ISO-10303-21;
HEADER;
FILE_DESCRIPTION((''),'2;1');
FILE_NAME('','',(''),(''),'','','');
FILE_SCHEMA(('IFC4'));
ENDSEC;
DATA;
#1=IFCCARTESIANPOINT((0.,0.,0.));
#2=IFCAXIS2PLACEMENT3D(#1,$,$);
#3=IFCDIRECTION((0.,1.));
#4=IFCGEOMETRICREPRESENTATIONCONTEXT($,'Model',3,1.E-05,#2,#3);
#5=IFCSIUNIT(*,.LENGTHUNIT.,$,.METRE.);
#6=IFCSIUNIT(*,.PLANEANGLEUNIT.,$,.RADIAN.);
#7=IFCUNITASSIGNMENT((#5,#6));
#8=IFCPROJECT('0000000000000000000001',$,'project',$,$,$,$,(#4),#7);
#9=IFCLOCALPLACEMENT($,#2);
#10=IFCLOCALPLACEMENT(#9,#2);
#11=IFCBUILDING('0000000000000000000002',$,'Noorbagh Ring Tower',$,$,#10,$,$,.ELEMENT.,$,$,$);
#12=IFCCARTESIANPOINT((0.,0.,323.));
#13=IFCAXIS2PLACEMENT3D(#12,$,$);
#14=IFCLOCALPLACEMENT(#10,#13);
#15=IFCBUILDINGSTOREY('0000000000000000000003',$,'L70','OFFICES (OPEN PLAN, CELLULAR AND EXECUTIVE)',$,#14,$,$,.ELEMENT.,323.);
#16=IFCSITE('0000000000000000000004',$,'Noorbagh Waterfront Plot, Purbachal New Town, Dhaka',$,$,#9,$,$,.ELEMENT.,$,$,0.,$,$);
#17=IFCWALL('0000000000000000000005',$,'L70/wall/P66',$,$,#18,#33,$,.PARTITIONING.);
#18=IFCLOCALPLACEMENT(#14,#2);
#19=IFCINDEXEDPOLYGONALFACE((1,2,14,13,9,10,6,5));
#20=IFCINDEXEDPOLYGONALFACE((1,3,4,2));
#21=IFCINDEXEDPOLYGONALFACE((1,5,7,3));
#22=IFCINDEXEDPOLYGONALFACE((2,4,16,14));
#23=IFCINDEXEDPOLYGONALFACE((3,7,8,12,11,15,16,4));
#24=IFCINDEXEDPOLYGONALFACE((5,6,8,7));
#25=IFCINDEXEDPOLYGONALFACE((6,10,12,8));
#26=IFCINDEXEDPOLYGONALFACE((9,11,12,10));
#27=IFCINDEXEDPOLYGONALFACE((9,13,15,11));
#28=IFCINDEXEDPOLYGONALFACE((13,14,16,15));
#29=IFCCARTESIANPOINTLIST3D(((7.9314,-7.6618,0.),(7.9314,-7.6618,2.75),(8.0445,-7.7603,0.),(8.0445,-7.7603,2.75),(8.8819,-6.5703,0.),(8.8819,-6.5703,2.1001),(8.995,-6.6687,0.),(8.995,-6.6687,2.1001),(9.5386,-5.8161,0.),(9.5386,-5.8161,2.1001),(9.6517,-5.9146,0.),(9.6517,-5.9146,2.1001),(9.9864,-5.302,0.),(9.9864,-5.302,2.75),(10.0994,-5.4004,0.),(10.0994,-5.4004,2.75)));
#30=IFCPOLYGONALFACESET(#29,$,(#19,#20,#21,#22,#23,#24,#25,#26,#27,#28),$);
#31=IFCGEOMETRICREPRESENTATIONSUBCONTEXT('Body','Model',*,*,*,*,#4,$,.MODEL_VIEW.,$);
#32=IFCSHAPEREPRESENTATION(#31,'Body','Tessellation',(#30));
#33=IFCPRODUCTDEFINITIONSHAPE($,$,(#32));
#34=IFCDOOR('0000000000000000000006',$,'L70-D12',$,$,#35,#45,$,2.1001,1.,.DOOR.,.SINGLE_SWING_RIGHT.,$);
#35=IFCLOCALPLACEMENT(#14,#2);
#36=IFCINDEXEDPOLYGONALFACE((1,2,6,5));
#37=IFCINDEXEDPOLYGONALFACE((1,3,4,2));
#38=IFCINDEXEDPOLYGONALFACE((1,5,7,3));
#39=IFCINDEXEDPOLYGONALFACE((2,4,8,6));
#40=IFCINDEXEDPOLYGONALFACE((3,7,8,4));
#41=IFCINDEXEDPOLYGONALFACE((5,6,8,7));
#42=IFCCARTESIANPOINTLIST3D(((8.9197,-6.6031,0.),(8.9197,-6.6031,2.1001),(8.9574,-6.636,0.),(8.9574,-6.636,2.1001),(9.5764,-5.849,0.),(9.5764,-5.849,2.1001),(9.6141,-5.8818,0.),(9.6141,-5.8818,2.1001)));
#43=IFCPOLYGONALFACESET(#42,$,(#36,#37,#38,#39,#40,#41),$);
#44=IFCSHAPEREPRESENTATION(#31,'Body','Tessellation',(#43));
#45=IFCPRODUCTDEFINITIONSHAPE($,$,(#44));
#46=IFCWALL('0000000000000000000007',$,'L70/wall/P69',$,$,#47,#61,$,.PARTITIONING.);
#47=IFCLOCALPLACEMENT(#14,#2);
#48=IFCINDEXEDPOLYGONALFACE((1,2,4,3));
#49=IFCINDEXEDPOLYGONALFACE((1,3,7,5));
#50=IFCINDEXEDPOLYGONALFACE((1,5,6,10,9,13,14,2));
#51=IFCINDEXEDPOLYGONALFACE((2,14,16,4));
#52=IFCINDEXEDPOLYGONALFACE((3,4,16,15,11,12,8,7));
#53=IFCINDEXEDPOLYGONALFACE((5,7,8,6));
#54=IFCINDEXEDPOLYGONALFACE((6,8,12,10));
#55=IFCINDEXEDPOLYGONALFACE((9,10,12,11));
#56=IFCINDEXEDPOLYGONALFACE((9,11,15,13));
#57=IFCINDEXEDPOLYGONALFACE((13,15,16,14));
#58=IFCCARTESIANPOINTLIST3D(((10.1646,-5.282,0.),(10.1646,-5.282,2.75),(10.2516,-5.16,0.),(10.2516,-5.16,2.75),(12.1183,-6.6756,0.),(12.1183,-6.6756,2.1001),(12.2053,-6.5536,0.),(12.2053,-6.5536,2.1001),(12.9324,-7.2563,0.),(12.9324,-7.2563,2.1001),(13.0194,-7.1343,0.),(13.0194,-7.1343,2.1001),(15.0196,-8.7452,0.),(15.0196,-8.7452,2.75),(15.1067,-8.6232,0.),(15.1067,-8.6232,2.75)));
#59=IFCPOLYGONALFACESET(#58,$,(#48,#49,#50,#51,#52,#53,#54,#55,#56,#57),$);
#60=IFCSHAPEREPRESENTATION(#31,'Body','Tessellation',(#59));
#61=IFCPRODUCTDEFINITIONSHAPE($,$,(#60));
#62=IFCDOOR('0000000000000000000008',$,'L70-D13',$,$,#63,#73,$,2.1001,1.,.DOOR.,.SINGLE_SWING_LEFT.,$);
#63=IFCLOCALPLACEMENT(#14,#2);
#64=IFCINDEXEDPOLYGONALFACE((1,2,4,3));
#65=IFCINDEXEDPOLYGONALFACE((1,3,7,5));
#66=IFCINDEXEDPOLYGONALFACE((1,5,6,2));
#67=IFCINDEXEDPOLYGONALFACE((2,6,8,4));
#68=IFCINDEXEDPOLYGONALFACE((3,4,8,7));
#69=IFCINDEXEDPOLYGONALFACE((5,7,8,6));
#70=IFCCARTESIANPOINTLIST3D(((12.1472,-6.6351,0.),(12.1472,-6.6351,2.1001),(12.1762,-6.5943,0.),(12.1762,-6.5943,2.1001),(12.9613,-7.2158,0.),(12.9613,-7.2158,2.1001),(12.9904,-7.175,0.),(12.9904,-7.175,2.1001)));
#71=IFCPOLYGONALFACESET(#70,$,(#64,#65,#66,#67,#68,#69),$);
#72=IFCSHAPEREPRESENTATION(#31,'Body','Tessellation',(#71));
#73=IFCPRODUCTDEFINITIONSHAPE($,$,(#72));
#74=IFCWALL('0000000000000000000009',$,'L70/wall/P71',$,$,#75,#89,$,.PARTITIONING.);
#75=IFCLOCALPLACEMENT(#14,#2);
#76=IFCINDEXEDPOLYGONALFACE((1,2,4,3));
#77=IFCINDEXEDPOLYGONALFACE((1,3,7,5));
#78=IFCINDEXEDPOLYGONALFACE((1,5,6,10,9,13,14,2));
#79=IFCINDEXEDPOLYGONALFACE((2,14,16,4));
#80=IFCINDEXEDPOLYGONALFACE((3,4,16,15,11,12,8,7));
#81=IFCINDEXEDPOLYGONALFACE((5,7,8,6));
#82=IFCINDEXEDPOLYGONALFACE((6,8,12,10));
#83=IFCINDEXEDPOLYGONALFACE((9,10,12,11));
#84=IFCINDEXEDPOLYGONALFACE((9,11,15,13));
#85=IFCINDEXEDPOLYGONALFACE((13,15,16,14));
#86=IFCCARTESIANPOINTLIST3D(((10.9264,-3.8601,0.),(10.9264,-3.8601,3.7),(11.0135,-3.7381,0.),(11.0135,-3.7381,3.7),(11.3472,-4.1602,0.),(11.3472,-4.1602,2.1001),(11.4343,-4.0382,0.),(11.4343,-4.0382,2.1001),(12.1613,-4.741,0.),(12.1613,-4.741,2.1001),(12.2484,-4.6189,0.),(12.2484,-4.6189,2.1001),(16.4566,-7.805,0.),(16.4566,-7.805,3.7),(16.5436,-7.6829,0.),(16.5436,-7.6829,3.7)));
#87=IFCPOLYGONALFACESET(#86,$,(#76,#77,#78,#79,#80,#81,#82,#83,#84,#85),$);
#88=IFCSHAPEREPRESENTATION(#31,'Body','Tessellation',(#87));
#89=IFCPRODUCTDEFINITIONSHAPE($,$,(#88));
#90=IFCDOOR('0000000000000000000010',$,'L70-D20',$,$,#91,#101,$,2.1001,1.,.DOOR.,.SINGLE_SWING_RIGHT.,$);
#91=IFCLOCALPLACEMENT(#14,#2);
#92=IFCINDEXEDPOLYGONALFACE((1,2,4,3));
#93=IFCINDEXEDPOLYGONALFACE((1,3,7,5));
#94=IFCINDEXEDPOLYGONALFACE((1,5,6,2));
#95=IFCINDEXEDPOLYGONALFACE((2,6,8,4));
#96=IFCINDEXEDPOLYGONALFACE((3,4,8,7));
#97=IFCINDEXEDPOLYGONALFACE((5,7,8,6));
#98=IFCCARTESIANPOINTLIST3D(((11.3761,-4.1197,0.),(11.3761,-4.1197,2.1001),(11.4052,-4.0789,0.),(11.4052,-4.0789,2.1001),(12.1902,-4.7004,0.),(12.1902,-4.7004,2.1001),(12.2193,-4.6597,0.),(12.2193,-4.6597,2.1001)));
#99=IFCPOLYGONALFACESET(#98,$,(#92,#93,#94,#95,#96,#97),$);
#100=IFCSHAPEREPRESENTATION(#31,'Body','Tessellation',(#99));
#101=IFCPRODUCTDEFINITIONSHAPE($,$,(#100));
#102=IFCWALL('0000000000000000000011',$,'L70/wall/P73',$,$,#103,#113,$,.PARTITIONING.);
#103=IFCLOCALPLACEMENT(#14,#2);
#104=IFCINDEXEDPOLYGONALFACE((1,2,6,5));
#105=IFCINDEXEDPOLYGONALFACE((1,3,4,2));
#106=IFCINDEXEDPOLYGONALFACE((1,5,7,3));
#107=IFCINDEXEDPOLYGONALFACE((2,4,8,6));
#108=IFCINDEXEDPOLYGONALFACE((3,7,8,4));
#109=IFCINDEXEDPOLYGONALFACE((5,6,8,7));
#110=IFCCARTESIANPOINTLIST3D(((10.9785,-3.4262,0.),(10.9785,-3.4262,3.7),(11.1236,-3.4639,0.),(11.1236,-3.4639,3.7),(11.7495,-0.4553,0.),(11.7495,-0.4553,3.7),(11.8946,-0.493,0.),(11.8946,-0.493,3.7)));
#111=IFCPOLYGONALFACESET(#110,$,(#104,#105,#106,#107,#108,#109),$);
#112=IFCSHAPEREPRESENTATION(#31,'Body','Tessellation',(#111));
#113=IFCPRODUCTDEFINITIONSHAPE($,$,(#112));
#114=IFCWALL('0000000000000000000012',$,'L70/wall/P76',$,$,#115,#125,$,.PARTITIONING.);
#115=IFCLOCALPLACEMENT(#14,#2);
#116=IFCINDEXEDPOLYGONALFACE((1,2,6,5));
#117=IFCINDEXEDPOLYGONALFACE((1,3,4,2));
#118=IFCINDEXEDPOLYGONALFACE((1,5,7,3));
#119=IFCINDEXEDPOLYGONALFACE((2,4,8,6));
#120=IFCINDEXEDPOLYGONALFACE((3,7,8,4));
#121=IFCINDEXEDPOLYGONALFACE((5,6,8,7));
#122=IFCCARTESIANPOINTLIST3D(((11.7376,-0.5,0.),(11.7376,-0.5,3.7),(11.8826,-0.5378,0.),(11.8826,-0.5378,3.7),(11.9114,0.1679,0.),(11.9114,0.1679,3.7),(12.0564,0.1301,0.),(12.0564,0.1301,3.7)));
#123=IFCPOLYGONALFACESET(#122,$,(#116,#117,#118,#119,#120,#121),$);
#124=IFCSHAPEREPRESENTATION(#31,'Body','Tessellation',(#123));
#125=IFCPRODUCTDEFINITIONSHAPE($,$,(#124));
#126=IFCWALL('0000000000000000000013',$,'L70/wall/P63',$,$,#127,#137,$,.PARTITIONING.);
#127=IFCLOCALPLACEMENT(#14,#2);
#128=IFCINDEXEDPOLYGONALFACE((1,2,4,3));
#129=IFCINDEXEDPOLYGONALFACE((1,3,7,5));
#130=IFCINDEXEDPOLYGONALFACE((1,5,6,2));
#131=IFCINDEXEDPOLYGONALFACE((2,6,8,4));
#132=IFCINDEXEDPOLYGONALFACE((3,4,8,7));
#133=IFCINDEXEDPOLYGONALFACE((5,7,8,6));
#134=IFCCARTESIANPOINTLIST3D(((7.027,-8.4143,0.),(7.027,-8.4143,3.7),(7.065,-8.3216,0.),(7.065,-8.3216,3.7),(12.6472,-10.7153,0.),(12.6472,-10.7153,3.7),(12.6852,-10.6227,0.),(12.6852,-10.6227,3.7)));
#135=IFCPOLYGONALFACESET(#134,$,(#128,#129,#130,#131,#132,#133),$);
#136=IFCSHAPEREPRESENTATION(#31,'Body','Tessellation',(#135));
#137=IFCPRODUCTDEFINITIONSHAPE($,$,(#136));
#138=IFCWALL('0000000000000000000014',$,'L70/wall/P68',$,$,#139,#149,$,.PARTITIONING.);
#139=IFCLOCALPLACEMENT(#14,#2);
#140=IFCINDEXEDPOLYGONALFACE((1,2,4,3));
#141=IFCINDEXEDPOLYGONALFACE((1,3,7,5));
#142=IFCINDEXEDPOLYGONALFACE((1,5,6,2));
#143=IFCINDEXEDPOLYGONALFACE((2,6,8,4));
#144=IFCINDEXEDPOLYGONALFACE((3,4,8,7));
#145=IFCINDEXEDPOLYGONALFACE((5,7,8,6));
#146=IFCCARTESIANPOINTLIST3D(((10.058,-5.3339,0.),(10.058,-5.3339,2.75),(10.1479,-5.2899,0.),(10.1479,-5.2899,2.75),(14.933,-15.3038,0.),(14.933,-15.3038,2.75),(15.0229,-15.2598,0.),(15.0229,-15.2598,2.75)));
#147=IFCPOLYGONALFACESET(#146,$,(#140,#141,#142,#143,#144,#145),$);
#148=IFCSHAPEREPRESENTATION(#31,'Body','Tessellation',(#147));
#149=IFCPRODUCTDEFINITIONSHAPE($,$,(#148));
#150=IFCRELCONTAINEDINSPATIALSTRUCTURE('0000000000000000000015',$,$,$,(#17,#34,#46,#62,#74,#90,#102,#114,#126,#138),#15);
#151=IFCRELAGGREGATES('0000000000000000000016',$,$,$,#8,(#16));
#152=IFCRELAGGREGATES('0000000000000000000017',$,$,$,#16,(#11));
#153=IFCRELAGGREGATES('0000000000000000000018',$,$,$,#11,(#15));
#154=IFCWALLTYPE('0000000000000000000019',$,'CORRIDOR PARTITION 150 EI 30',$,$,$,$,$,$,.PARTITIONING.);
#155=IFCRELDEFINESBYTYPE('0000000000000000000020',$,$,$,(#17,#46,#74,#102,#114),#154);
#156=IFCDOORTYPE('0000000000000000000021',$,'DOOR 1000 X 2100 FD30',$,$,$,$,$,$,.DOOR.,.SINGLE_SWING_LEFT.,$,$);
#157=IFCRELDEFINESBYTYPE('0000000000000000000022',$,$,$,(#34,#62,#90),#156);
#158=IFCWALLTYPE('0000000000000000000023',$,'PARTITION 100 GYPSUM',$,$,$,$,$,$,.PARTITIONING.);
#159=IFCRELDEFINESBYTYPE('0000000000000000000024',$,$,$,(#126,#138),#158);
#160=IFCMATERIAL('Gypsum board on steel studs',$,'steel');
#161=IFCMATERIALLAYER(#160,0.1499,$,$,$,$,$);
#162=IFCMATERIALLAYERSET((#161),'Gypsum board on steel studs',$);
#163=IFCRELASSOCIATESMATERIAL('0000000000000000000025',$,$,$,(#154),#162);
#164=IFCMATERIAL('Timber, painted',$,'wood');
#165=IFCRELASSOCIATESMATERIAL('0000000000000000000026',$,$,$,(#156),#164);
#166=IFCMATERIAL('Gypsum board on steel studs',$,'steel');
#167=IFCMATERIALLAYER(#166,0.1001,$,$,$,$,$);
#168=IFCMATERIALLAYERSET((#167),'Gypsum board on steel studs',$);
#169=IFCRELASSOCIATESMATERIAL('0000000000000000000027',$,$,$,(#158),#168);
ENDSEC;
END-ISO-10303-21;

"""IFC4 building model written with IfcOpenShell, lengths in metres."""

from ifc_helpers import new_model, si_unit, direction, frame, frame_2d, origin, place, context, subcontext, project, spatial, rectangle, extrude, material, layer, layer_set, type_object, element, fill, save


model = new_model("IFC4")

# Units and contexts
model_context = context("Model", 3, precision=1e-05, world=origin(), true_north=direction((0.0, 1.0)))
body_context = subcontext(model_context, "Body", "Model", "MODEL_VIEW")
ifc_project = project(units=[si_unit("LENGTHUNIT", "METRE"), si_unit("PLANEANGLEUNIT", "RADIAN")], contexts=[model_context])

# Site, building, storey
site_placement = place(None, origin())
site = spatial("IfcSite", under=ifc_project, at=site_placement, Name="Noorbagh Waterfront Plot, Purbachal New Town, Dhaka", CompositionType="ELEMENT", RefElevation=0.0)
building_placement = place(site_placement, origin())
building = spatial("IfcBuilding", under=site, at=building_placement, Name="Noorbagh Ring Tower", CompositionType="ELEMENT")
storey_placement = place(building_placement, frame((0.0, 0.0, 323.0)))
storey = spatial("IfcBuildingStorey", under=building, at=storey_placement, Name="L70", Description="OFFICES (OPEN PLAN, CELLULAR AND EXECUTIVE)", CompositionType="ELEMENT", Elevation=323.0)

# Shared definitions
ifc_material_1 = material(Name="Gypsum board on steel studs", Category="steel")
ifc_layer_1 = layer(ifc_material_1, 0.1499)
ifc_layer_set_1 = layer_set([ifc_layer_1], Name="Gypsum board on steel studs")
wall_type_1 = type_object("IfcWallType", Name="CORRIDOR PARTITION 150 EI 30", PredefinedType="PARTITIONING", material=ifc_layer_set_1)

# Walls, openings, doors
wall_1_placement = place(storey_placement, frame((7.988, -7.7109, 0.0), z_axis=(0.0, 0.0, 1.0), x_axis=(0.656702, 0.75415, 0.0)))
wall_1 = element("IfcWall", 1, at=wall_1_placement, inside=storey, type_object=wall_type_1, Name="L70/wall/P66", PredefinedType="PARTITIONING", context=body_context, shape_type="SweptSolid", body=[
    extrude(rectangle(XDim=3.1292, YDim=0.1499, at=frame_2d((1.5645, 0.0))), origin(), (0.0, 0.0, 1.0), 2.75),
])
opening_1_placement = place(wall_1_placement, frame((1.4473, 0.0, 0.0)))
opening_1 = element("IfcOpeningElement", 2, at=opening_1_placement, cuts=wall_1, PredefinedType="OPENING", context=body_context, shape_type="SweptSolid", body=[
    extrude(rectangle(XDim=1.0, YDim=2.1001, at=frame_2d((0.5, 1.05))), frame((0.0, 0.085, 0.0), z_axis=(0.0, -1.0, 0.0), x_axis=(1.0, 0.0, 0.0)), (0.0, 0.0, 1.0), 0.1699),
])
ifc_material_2 = material(Name="Timber, painted", Category="wood")
door_type = type_object("IfcDoorType", Name="DOOR 1000 X 2100 FD30", OperationType="SINGLE_SWING_LEFT", PredefinedType="DOOR", material=ifc_material_2)
door_1_placement = place(opening_1_placement, origin())
door_1 = element("IfcDoor", 3, at=door_1_placement, inside=storey, type_object=door_type, Name="L70-D12", OperationType="SINGLE_SWING_RIGHT", OverallHeight=2.1001, OverallWidth=1.0, PredefinedType="DOOR", context=body_context, shape_type="SweptSolid", body=[
    extrude(rectangle(XDim=1.0, YDim=2.1001, at=frame_2d((0.5, 1.05))), frame((0.0, 0.0249, 0.0), z_axis=(0.0, -1.0, 0.0), x_axis=(1.0, 0.0, 0.0)), (0.0, 0.0, 1.0), 0.05),
])
fill(opening_1, door_1)
wall_2_placement = place(storey_placement, frame((10.208, -5.2209, 0.0), z_axis=(0.0, 0.0, 1.0), x_axis=(0.814107, -0.580715, 0.0)))
wall_2 = element("IfcWall", 4, at=wall_2_placement, inside=storey, type_object=wall_type_1, Name="L70/wall/P69", PredefinedType="PARTITIONING", context=body_context, shape_type="SweptSolid", body=[
    extrude(rectangle(XDim=5.9636, YDim=0.1499, at=frame_2d((2.9819, 0.0))), origin(), (0.0, 0.0, 1.0), 2.75),
])
opening_2_placement = place(wall_2_placement, frame((2.3999, 0.0, 0.0)))
opening_2 = element("IfcOpeningElement", 5, at=opening_2_placement, cuts=wall_2, PredefinedType="OPENING", context=body_context, shape_type="SweptSolid", body=[
    extrude(rectangle(XDim=1.0, YDim=2.1001, at=frame_2d((0.5, 1.05))), frame((0.0, 0.085, 0.0), z_axis=(0.0, -1.0, 0.0), x_axis=(1.0, 0.0, 0.0)), (0.0, 0.0, 1.0), 0.1699),
])
door_2_placement = place(opening_2_placement, origin())
door_2 = element("IfcDoor", 6, at=door_2_placement, inside=storey, type_object=door_type, Name="L70-D13", OperationType="SINGLE_SWING_LEFT", OverallHeight=2.1001, OverallWidth=1.0, PredefinedType="DOOR", context=body_context, shape_type="SweptSolid", body=[
    extrude(rectangle(XDim=1.0, YDim=2.1001, at=frame_2d((0.5, 1.05))), frame((0.0, 0.0249, 0.0), z_axis=(0.0, -1.0, 0.0), x_axis=(1.0, 0.0, 0.0)), (0.0, 0.0, 1.0), 0.05),
])
fill(opening_2, door_2)
wall_3_placement = place(storey_placement, frame((10.97, -3.7991, 0.0), z_axis=(0.0, 0.0, 1.0), x_axis=(0.814095, -0.580732, 0.0)))
wall_3 = element("IfcWall", 7, at=wall_3_placement, inside=storey, type_object=wall_type_1, Name="L70/wall/P71", PredefinedType="PARTITIONING", context=body_context, shape_type="SweptSolid", body=[
    extrude(rectangle(XDim=6.793, YDim=0.1499, at=frame_2d((3.3965, 0.0))), origin(), (0.0, 0.0, 1.0), 3.7),
])
opening_3_placement = place(wall_3_placement, frame((0.5168, 0.0, 0.0)))
opening_3 = element("IfcOpeningElement", 8, at=opening_3_placement, cuts=wall_3, PredefinedType="OPENING", context=body_context, shape_type="SweptSolid", body=[
    extrude(rectangle(XDim=1.0, YDim=2.1001, at=frame_2d((0.5, 1.05))), frame((0.0, 0.085, 0.0), z_axis=(0.0, -1.0, 0.0), x_axis=(1.0, 0.0, 0.0)), (0.0, 0.0, 1.0), 0.1699),
])
door_3_placement = place(opening_3_placement, origin())
door_3 = element("IfcDoor", 9, at=door_3_placement, inside=storey, type_object=door_type, Name="L70-D20", OperationType="SINGLE_SWING_RIGHT", OverallHeight=2.1001, OverallWidth=1.0, PredefinedType="DOOR", context=body_context, shape_type="SweptSolid", body=[
    extrude(rectangle(XDim=1.0, YDim=2.1001, at=frame_2d((0.5, 1.05))), frame((0.0, 0.0249, 0.0), z_axis=(0.0, -1.0, 0.0), x_axis=(1.0, 0.0, 0.0)), (0.0, 0.0, 1.0), 0.05),
])
fill(opening_3, door_3)

# Walls
wall_4_placement = place(storey_placement, frame((11.051, -3.4451, 0.0), z_axis=(0.0, 0.0, 1.0), x_axis=(0.251191, 0.967937, 0.0)))
element("IfcWall", 10, at=wall_4_placement, inside=storey, type_object=wall_type_1, Name="L70/wall/P73", PredefinedType="PARTITIONING", context=body_context, shape_type="SweptSolid", body=[
    extrude(rectangle(XDim=3.0693, YDim=0.1499, at=frame_2d((1.5347, 0.0))), origin(), (0.0, 0.0, 1.0), 3.7),
])
wall_5_placement = place(storey_placement, frame((11.8101, -0.519, 0.0), z_axis=(0.0, 0.0, 1.0), x_axis=(0.251846, 0.967767, 0.0)))
element("IfcWall", 11, at=wall_5_placement, inside=storey, type_object=wall_type_1, Name="L70/wall/P76", PredefinedType="PARTITIONING", context=body_context, shape_type="SweptSolid", body=[
    extrude(rectangle(XDim=0.6902, YDim=0.1499, at=frame_2d((0.3452, 0.0))), origin(), (0.0, 0.0, 1.0), 3.7),
])

# Walls
ifc_material_3 = material(Name="Gypsum board on steel studs", Category="steel")
ifc_layer_2 = layer(ifc_material_3, 0.1001)
ifc_layer_set_2 = layer_set([ifc_layer_2], Name="Gypsum board on steel studs")
wall_type_2 = type_object("IfcWallType", Name="PARTITION 100 GYPSUM", PredefinedType="PARTITIONING", material=ifc_layer_set_2)
wall_6_placement = place(storey_placement, frame((7.0459, -8.3679, 0.0), z_axis=(0.0, 0.0, 1.0), x_axis=(0.925438, -0.378899, 0.0)))
element("IfcWall", 12, at=wall_6_placement, inside=storey, type_object=wall_type_2, Name="L70/wall/P63", PredefinedType="PARTITIONING", context=body_context, shape_type="SweptSolid", body=[
    extrude(rectangle(XDim=6.073, YDim=0.1001, at=frame_2d((3.0366, 0.0))), origin(), (0.0, 0.0, 1.0), 3.7),
])
wall_7_placement = place(storey_placement, frame((10.103, -5.312, 0.0), z_axis=(0.0, 0.0, 1.0), x_axis=(0.439268, -0.898356, 0.0)))
element("IfcWall", 13, at=wall_7_placement, inside=storey, type_object=wall_type_2, Name="L70/wall/P68", PredefinedType="PARTITIONING", context=body_context, shape_type="SweptSolid", body=[
    extrude(rectangle(XDim=11.0979, YDim=0.1001, at=frame_2d((5.5488, 0.0))), origin(), (0.0, 0.0, 1.0), 2.75),
])

save(model, "model.ifc")
